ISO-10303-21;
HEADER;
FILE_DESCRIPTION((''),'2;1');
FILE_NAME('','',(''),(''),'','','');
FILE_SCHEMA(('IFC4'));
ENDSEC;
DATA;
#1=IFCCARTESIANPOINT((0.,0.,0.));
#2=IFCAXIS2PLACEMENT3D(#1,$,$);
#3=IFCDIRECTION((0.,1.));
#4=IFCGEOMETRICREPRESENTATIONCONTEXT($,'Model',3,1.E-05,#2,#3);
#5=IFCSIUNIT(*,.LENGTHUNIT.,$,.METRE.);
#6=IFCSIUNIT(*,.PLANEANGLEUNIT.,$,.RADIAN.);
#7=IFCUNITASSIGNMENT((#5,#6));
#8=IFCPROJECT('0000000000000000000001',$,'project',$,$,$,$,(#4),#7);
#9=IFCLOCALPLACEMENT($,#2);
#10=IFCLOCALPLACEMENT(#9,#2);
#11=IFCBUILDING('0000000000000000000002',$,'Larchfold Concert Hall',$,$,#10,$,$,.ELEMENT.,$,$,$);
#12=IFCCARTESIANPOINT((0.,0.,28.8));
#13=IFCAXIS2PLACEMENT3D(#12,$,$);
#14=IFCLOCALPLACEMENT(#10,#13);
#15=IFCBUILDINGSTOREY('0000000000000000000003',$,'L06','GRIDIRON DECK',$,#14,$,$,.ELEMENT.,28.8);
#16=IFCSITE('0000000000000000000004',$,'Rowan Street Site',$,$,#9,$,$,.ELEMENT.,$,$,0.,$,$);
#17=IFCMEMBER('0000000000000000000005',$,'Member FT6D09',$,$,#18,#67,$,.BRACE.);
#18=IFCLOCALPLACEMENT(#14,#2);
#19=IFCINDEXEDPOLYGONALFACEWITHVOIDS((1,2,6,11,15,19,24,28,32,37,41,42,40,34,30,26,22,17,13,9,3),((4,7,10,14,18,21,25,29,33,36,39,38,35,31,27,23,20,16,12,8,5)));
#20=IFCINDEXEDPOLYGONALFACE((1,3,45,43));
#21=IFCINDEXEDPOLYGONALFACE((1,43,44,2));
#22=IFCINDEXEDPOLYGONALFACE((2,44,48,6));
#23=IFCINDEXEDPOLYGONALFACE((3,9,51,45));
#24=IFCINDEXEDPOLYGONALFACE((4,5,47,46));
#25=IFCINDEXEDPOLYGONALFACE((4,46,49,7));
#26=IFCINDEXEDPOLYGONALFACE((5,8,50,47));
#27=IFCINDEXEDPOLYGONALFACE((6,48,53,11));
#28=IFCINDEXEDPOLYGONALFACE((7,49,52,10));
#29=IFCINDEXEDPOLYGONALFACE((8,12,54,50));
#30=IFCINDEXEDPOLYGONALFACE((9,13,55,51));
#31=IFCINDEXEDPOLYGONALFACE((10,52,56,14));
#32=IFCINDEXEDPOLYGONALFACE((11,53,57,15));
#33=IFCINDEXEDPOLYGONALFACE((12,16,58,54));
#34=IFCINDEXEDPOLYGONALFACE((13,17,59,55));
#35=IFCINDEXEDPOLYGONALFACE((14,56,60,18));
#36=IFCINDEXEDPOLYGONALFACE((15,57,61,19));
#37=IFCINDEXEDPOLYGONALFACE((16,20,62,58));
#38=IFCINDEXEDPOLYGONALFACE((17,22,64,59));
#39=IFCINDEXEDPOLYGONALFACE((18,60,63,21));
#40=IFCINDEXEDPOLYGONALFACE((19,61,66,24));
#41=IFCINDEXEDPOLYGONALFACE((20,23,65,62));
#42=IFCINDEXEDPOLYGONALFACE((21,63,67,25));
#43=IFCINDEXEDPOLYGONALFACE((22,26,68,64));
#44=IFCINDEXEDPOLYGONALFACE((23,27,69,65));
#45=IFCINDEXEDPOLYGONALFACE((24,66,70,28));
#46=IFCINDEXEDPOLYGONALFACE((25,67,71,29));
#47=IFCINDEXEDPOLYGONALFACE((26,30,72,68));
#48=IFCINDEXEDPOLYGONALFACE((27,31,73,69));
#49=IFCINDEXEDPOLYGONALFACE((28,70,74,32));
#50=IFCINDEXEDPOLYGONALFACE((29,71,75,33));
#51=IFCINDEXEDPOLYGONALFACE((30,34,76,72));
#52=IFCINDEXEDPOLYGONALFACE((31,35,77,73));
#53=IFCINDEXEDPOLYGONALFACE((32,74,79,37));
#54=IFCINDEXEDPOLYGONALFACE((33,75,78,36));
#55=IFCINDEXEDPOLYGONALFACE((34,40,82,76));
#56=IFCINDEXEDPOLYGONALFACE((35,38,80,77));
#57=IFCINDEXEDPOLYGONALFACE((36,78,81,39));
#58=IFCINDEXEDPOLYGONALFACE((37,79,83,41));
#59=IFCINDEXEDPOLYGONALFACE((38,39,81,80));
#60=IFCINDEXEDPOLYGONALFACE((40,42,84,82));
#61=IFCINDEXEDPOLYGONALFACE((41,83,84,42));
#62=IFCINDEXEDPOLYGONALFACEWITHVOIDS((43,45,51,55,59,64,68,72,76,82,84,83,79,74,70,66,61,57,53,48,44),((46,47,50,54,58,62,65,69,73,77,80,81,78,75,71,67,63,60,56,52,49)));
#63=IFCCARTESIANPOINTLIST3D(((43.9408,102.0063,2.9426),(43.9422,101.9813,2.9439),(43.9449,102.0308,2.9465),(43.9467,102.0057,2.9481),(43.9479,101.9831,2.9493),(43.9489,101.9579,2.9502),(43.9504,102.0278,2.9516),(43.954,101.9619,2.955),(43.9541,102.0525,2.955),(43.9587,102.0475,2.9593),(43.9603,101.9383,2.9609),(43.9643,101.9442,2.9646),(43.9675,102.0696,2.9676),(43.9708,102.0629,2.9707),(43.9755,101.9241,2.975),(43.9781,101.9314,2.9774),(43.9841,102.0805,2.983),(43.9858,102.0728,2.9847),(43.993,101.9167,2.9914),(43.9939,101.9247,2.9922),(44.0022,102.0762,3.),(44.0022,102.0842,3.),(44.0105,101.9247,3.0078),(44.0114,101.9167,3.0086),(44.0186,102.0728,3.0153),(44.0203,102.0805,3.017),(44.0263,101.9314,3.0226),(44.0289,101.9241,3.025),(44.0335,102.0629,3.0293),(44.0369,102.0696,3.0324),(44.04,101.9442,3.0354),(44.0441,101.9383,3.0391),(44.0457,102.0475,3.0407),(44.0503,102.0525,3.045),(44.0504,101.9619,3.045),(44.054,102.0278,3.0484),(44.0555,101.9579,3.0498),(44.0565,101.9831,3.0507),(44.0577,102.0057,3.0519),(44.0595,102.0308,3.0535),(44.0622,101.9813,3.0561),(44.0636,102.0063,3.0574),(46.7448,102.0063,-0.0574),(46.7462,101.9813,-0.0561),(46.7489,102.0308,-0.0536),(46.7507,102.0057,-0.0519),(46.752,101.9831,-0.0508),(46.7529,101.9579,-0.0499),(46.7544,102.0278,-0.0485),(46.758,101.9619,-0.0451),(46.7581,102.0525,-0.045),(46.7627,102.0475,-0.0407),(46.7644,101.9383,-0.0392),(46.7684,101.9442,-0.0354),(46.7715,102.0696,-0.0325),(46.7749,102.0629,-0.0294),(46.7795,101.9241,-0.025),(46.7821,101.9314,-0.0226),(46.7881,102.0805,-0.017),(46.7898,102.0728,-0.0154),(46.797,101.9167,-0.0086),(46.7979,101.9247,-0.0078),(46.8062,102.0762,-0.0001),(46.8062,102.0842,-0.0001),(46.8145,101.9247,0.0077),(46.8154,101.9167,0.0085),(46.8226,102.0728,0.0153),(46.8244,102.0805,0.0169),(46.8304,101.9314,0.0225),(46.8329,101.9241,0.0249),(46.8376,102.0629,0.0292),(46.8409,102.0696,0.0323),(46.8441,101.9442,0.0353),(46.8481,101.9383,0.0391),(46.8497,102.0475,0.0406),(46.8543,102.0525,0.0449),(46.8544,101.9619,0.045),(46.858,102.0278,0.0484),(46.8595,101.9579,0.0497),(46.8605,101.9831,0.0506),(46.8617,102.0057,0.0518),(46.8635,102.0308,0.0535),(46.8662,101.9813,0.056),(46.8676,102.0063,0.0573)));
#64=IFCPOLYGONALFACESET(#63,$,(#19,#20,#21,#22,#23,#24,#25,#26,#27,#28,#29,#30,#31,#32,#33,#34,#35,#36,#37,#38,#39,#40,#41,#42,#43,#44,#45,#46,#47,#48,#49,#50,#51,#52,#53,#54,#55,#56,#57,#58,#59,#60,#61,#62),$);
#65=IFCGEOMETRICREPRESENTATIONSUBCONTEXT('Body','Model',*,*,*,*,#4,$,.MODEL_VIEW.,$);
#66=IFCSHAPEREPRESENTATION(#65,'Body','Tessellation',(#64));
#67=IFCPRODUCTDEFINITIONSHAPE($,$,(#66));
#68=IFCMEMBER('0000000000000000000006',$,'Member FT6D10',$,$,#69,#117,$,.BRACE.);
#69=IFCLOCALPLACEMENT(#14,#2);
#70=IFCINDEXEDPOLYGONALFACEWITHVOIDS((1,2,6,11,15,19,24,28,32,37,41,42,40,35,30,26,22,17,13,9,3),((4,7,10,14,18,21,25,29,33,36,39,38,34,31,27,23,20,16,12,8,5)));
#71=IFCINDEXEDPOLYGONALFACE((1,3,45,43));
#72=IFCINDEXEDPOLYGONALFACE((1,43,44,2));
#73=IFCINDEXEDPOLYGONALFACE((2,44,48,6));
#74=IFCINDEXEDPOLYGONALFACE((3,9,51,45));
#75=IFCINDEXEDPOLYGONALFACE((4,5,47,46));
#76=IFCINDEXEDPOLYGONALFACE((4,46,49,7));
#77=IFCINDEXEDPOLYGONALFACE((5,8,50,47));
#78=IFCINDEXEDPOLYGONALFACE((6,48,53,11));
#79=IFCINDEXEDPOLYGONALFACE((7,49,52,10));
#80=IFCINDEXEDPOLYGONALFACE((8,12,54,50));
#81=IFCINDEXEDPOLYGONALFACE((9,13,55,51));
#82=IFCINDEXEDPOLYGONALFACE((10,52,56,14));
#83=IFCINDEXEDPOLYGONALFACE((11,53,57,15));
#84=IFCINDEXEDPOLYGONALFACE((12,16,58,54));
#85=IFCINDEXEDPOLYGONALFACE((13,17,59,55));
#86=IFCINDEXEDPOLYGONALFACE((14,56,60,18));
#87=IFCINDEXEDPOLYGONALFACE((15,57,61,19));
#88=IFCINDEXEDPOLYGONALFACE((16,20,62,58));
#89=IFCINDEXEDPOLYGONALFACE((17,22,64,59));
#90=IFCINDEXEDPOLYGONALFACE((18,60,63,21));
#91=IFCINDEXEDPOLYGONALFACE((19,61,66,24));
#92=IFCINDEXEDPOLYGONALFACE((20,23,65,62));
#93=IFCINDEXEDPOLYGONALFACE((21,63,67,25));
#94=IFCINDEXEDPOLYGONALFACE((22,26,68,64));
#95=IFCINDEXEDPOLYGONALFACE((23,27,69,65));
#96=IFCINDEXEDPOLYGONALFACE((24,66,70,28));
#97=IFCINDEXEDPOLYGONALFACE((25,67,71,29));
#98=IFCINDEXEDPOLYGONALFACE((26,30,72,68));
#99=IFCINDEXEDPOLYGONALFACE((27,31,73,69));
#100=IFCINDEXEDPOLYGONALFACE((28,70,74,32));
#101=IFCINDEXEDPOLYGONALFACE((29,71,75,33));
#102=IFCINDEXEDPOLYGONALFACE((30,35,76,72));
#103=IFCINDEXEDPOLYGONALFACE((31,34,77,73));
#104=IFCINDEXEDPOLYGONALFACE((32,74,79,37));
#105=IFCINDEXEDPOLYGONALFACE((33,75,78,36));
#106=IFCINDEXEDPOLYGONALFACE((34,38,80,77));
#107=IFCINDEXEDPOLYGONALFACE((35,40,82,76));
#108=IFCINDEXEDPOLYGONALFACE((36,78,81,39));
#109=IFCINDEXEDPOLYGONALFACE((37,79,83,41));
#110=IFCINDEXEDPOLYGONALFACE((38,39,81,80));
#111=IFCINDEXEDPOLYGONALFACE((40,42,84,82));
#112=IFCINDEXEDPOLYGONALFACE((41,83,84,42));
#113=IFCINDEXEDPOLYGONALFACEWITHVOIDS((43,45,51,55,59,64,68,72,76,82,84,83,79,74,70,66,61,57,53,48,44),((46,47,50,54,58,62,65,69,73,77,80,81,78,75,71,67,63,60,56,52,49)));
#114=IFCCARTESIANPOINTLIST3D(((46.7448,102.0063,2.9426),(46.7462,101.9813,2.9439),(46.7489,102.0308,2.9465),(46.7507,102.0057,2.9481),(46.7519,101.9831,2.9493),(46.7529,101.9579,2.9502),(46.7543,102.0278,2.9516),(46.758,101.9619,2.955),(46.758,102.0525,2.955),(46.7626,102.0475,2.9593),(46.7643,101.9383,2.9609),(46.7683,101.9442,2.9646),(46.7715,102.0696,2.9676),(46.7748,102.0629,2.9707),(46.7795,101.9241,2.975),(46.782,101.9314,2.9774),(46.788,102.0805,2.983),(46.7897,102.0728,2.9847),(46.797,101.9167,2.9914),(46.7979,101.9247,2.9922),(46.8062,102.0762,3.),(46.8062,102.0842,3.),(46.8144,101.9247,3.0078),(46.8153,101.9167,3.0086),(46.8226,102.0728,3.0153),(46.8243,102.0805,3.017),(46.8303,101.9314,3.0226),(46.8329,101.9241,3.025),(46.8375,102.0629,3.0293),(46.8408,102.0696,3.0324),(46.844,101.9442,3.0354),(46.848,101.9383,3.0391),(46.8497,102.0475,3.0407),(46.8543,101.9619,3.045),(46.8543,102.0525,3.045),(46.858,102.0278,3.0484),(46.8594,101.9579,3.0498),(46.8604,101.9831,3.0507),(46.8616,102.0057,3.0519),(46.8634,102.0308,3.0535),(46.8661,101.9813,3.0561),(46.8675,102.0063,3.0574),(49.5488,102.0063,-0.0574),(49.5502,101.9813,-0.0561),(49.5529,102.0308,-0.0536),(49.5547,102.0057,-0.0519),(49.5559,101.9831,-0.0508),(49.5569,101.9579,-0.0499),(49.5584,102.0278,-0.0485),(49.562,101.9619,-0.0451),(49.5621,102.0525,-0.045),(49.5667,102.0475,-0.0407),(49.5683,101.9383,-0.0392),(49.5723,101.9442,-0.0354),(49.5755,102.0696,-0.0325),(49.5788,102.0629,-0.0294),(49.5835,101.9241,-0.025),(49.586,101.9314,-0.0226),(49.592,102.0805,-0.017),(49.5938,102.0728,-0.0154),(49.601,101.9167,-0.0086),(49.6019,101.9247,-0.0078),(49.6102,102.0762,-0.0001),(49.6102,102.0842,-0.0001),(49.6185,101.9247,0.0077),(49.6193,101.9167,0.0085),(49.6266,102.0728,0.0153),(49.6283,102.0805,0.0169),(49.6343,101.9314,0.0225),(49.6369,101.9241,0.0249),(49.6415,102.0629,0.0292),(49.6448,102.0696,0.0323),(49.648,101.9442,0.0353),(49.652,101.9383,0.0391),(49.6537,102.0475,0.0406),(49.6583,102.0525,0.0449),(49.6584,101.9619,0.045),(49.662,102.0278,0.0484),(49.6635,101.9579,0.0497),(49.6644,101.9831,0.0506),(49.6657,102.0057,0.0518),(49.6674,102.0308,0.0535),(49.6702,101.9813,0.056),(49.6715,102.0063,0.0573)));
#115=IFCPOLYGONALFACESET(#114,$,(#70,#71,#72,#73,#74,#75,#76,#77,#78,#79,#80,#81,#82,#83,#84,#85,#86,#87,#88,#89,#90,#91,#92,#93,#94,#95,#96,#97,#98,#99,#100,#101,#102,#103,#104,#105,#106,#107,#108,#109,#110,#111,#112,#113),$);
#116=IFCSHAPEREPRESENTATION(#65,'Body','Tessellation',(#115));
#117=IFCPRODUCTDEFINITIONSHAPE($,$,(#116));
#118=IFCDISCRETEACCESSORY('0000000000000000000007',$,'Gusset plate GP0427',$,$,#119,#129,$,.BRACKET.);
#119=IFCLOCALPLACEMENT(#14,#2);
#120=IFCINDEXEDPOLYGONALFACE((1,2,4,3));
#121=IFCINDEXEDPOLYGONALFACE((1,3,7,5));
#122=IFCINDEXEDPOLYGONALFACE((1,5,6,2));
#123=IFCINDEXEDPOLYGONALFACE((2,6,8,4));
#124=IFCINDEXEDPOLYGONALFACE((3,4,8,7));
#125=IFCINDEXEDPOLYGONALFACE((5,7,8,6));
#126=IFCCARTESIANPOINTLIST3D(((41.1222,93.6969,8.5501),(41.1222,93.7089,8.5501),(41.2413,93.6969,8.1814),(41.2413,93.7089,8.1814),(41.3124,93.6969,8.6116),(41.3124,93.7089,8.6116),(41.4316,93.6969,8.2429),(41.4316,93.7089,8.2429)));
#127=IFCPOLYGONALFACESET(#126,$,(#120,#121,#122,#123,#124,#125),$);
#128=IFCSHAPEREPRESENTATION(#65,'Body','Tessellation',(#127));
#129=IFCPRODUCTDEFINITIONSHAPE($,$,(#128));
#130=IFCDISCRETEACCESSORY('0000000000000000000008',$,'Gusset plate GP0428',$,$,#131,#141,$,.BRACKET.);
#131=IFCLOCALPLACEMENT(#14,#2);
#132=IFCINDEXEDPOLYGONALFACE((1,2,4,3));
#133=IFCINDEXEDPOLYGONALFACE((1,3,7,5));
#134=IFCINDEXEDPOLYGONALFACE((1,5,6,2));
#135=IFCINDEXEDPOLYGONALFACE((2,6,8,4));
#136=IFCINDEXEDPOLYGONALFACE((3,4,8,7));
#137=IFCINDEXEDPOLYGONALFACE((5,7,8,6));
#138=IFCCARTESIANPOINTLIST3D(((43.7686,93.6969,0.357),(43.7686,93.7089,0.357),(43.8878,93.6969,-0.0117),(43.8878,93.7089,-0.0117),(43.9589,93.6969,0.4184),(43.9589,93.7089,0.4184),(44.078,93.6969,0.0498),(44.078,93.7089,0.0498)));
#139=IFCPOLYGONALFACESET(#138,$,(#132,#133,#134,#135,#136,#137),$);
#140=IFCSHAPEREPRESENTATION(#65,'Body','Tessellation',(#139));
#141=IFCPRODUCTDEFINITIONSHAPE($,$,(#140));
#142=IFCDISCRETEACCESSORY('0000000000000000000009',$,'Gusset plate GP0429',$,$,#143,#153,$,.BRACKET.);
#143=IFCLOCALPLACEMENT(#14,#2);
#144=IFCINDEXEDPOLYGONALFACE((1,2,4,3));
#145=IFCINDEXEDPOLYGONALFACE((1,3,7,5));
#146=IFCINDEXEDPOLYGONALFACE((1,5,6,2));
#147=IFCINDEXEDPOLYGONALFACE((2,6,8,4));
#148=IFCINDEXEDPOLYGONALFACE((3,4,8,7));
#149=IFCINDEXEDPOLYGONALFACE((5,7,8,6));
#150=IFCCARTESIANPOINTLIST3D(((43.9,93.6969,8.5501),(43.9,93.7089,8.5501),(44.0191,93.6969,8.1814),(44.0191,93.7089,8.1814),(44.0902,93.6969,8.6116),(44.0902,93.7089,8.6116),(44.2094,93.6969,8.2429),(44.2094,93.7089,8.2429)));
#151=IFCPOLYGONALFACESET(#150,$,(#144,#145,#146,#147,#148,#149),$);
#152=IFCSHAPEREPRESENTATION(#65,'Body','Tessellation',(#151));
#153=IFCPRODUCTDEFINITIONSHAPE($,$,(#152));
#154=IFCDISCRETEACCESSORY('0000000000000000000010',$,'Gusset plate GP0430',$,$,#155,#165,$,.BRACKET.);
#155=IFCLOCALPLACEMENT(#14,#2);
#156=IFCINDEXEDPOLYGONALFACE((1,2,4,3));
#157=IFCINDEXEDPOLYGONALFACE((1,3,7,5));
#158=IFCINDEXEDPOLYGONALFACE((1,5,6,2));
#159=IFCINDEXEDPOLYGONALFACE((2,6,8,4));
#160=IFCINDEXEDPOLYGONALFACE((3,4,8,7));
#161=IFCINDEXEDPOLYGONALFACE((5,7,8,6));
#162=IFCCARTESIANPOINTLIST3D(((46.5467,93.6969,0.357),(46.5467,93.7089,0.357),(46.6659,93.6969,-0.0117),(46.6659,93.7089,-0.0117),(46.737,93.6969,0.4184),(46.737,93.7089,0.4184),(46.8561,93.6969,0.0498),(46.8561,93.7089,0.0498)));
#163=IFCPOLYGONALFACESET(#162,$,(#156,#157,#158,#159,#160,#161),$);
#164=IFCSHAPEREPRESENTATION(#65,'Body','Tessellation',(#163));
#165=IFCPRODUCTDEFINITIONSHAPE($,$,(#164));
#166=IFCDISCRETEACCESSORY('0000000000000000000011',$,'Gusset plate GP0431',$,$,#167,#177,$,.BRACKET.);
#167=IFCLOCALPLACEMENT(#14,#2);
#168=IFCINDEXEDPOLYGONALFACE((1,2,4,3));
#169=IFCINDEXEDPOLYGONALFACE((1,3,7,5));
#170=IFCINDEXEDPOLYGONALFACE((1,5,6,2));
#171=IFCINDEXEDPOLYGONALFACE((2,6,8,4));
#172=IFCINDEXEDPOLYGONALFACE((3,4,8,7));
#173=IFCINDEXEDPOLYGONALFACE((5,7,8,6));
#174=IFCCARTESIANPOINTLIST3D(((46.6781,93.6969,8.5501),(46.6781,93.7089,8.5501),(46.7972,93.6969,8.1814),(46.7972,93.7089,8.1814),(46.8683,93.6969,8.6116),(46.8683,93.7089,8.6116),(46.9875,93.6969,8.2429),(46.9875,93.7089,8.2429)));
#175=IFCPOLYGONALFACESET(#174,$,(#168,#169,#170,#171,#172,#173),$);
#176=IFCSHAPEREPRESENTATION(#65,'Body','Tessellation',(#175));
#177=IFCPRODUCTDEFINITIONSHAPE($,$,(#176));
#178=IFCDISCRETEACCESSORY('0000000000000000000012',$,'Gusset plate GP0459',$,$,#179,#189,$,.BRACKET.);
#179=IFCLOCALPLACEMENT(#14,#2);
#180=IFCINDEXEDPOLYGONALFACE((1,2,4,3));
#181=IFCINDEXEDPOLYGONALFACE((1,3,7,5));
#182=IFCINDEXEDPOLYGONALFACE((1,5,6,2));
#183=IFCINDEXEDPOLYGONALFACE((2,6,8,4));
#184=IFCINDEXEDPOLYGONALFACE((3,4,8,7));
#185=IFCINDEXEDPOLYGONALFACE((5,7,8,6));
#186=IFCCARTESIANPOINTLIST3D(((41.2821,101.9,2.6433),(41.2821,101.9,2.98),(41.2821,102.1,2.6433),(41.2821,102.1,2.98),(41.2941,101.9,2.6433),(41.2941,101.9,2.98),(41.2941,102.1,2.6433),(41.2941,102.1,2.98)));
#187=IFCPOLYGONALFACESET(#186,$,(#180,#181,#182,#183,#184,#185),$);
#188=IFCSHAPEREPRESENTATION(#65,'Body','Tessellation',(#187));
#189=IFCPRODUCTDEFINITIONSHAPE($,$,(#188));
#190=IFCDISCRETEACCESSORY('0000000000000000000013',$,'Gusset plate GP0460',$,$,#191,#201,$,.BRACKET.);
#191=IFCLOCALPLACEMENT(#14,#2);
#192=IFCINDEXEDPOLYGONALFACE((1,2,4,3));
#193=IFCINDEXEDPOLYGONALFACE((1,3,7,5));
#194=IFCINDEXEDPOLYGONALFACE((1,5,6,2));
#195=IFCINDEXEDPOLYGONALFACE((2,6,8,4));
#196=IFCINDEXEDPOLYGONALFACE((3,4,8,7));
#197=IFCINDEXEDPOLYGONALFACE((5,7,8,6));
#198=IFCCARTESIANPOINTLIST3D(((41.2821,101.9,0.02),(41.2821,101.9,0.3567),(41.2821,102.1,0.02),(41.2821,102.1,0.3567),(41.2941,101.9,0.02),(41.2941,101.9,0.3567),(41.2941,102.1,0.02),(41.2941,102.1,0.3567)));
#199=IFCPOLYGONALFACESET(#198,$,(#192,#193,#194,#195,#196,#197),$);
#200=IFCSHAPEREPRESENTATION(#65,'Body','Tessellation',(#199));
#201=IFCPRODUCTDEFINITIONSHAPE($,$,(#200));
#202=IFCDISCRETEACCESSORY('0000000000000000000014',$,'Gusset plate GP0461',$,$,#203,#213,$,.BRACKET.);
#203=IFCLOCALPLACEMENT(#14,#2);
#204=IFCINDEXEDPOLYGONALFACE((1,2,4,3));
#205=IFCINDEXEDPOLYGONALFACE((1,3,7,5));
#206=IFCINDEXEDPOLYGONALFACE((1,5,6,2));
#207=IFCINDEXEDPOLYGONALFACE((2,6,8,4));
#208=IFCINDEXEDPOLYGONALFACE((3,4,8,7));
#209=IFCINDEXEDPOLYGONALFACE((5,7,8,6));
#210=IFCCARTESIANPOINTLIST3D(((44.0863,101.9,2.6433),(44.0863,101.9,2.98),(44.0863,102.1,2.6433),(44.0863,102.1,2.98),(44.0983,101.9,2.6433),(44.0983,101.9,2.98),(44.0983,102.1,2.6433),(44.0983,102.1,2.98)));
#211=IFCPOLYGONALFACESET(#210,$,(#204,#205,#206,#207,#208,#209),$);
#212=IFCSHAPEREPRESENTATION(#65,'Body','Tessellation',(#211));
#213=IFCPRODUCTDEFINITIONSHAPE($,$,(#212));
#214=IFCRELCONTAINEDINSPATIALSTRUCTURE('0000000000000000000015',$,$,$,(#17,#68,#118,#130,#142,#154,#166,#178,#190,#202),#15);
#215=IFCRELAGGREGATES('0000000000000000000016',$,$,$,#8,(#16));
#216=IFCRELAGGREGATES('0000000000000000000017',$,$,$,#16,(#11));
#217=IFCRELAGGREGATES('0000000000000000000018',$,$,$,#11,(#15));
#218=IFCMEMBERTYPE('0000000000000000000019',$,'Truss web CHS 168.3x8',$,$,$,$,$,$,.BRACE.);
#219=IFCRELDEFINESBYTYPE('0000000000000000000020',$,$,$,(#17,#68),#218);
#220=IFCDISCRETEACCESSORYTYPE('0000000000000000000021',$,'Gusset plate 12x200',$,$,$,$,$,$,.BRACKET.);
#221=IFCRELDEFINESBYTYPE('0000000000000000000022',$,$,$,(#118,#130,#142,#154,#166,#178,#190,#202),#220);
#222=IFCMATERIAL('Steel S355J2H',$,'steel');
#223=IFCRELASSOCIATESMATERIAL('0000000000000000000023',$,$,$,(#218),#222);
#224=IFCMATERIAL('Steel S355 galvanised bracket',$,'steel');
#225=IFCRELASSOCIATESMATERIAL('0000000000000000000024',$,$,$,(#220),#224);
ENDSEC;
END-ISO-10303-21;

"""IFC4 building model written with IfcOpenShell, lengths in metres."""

from ifc_helpers import new_model, si_unit, direction, frame, origin, origin_2d, place, context, subcontext, project, spatial, rectangle, hollow_circle, extrude, material, material_profile, profile_set, type_object, element, save


model = new_model("IFC4")

# Units and contexts
model_context = context("Model", 3, precision=1e-05, world=origin(), true_north=direction((0.0, 1.0)))
body_context = subcontext(model_context, "Body", "Model", "MODEL_VIEW")
ifc_project = project(units=[si_unit("LENGTHUNIT", "METRE"), si_unit("PLANEANGLEUNIT", "RADIAN")], contexts=[model_context])

# Site, building, storey
site_placement = place(None, origin())
site = spatial("IfcSite", under=ifc_project, at=site_placement, Name="Rowan Street Site", CompositionType="ELEMENT", RefElevation=0.0)
building_placement = place(site_placement, origin())
building = spatial("IfcBuilding", under=site, at=building_placement, Name="Larchfold Concert Hall", CompositionType="ELEMENT")
storey_placement = place(building_placement, frame((0.0, 0.0, 28.8)))
storey = spatial("IfcBuildingStorey", under=building, at=storey_placement, Name="L06", Description="GRIDIRON DECK", CompositionType="ELEMENT", Elevation=28.8)

# Members
ifc_material_1 = material(Name="Steel S355J2H", Category="steel")
ifc_material_profile_1 = material_profile(ifc_material_1, hollow_circle(Radius=0.0842, WallThickness=0.0081, at=origin_2d()))
ifc_profile_set_1 = profile_set([ifc_material_profile_1], Name="Steel S355J2H")
member_type_1 = type_object("IfcMemberType", Name="Truss web CHS 168.3x8", PredefinedType="BRACE", material=ifc_profile_set_1)
for number, where, z_axis, x_axis, name in (
    (1, (44.0022, 102.0, 3.0), (0.682833, 0.0, -0.730575), (0.0, 1.0, 0.0), "Member FT6D09"),
    (2, (46.8062, 102.0, 3.0), (0.682833, 0.0, -0.730575), (0.0, 1.0, 0.0), "Member FT6D10"),
):
    element("IfcMember", number, at=place(storey_placement, frame(where, z_axis=z_axis, x_axis=x_axis)), inside=storey, type_object=member_type_1, Name=name, PredefinedType="BRACE", context=body_context, shape_type="SweptSolid", body=[
        extrude(hollow_circle(Radius=0.0842, WallThickness=0.0081, at=origin_2d()), origin(), (0.0, 0.0, 1.0), 4.1064),
    ])

# Discrete accessories
ifc_material_2 = material(Name="Steel S355 galvanised bracket", Category="steel")
ifc_material_profile_2 = material_profile(ifc_material_2, rectangle(XDim=0.012, YDim=0.2, at=origin_2d()))
ifc_profile_set_2 = profile_set([ifc_material_profile_2], Name="Steel S355 galvanised bracket")
discrete_accessory_type = type_object("IfcDiscreteAccessoryType", Name="Gusset plate 12x200", PredefinedType="BRACKET", material=ifc_profile_set_2)
for number, where, z_axis, x_axis, name in (
    (3, (41.2173, 93.7029, 8.5808), (0.307518, 0.0, -0.951542), (0.0, 1.0, 0.0), "Gusset plate GP0427"),
    (4, (43.8638, 93.7029, 0.3877), (0.307518, 0.0, -0.951542), (0.0, 1.0, 0.0), "Gusset plate GP0428"),
    (5, (43.9951, 93.7029, 8.5808), (0.307518, 0.0, -0.951542), (0.0, 1.0, 0.0), "Gusset plate GP0429"),
    (6, (46.6418, 93.7029, 0.3877), (0.307518, 0.0, -0.951542), (0.0, 1.0, 0.0), "Gusset plate GP0430"),
    (7, (46.7732, 93.7029, 8.5808), (0.307518, 0.0, -0.951542), (0.0, 1.0, 0.0), "Gusset plate GP0431"),
):
    element("IfcDiscreteAccessory", number, at=place(storey_placement, frame(where, z_axis=z_axis, x_axis=x_axis)), inside=storey, type_object=discrete_accessory_type, Name=name, PredefinedType="BRACKET", context=body_context, shape_type="SweptSolid", body=[
        extrude(rectangle(XDim=0.012, YDim=0.2, at=origin_2d()), origin(), (0.0, 0.0, 1.0), 0.3875),
    ])
for number, where, z_axis, x_axis, name in (
    (8, (41.2881, 102.0, 2.98), (0.0, 0.0, -1.0), (1.0, 0.0, 0.0), "Gusset plate GP0459"),
    (9, (41.2881, 102.0, 0.3567), (0.0, 0.0, -1.0), (1.0, 0.0, 0.0), "Gusset plate GP0460"),
    (10, (44.0923, 102.0, 2.98), (0.0, 0.0, -1.0), (1.0, 0.0, 0.0), "Gusset plate GP0461"),
):
    element("IfcDiscreteAccessory", number, at=place(storey_placement, frame(where, z_axis=z_axis, x_axis=x_axis)), inside=storey, type_object=discrete_accessory_type, Name=name, PredefinedType="BRACKET", context=body_context, shape_type="SweptSolid", body=[
        extrude(rectangle(XDim=0.012, YDim=0.2, at=origin_2d()), origin(), (0.0, 0.0, 1.0), 0.3367),
    ])

save(model, "model.ifc")
